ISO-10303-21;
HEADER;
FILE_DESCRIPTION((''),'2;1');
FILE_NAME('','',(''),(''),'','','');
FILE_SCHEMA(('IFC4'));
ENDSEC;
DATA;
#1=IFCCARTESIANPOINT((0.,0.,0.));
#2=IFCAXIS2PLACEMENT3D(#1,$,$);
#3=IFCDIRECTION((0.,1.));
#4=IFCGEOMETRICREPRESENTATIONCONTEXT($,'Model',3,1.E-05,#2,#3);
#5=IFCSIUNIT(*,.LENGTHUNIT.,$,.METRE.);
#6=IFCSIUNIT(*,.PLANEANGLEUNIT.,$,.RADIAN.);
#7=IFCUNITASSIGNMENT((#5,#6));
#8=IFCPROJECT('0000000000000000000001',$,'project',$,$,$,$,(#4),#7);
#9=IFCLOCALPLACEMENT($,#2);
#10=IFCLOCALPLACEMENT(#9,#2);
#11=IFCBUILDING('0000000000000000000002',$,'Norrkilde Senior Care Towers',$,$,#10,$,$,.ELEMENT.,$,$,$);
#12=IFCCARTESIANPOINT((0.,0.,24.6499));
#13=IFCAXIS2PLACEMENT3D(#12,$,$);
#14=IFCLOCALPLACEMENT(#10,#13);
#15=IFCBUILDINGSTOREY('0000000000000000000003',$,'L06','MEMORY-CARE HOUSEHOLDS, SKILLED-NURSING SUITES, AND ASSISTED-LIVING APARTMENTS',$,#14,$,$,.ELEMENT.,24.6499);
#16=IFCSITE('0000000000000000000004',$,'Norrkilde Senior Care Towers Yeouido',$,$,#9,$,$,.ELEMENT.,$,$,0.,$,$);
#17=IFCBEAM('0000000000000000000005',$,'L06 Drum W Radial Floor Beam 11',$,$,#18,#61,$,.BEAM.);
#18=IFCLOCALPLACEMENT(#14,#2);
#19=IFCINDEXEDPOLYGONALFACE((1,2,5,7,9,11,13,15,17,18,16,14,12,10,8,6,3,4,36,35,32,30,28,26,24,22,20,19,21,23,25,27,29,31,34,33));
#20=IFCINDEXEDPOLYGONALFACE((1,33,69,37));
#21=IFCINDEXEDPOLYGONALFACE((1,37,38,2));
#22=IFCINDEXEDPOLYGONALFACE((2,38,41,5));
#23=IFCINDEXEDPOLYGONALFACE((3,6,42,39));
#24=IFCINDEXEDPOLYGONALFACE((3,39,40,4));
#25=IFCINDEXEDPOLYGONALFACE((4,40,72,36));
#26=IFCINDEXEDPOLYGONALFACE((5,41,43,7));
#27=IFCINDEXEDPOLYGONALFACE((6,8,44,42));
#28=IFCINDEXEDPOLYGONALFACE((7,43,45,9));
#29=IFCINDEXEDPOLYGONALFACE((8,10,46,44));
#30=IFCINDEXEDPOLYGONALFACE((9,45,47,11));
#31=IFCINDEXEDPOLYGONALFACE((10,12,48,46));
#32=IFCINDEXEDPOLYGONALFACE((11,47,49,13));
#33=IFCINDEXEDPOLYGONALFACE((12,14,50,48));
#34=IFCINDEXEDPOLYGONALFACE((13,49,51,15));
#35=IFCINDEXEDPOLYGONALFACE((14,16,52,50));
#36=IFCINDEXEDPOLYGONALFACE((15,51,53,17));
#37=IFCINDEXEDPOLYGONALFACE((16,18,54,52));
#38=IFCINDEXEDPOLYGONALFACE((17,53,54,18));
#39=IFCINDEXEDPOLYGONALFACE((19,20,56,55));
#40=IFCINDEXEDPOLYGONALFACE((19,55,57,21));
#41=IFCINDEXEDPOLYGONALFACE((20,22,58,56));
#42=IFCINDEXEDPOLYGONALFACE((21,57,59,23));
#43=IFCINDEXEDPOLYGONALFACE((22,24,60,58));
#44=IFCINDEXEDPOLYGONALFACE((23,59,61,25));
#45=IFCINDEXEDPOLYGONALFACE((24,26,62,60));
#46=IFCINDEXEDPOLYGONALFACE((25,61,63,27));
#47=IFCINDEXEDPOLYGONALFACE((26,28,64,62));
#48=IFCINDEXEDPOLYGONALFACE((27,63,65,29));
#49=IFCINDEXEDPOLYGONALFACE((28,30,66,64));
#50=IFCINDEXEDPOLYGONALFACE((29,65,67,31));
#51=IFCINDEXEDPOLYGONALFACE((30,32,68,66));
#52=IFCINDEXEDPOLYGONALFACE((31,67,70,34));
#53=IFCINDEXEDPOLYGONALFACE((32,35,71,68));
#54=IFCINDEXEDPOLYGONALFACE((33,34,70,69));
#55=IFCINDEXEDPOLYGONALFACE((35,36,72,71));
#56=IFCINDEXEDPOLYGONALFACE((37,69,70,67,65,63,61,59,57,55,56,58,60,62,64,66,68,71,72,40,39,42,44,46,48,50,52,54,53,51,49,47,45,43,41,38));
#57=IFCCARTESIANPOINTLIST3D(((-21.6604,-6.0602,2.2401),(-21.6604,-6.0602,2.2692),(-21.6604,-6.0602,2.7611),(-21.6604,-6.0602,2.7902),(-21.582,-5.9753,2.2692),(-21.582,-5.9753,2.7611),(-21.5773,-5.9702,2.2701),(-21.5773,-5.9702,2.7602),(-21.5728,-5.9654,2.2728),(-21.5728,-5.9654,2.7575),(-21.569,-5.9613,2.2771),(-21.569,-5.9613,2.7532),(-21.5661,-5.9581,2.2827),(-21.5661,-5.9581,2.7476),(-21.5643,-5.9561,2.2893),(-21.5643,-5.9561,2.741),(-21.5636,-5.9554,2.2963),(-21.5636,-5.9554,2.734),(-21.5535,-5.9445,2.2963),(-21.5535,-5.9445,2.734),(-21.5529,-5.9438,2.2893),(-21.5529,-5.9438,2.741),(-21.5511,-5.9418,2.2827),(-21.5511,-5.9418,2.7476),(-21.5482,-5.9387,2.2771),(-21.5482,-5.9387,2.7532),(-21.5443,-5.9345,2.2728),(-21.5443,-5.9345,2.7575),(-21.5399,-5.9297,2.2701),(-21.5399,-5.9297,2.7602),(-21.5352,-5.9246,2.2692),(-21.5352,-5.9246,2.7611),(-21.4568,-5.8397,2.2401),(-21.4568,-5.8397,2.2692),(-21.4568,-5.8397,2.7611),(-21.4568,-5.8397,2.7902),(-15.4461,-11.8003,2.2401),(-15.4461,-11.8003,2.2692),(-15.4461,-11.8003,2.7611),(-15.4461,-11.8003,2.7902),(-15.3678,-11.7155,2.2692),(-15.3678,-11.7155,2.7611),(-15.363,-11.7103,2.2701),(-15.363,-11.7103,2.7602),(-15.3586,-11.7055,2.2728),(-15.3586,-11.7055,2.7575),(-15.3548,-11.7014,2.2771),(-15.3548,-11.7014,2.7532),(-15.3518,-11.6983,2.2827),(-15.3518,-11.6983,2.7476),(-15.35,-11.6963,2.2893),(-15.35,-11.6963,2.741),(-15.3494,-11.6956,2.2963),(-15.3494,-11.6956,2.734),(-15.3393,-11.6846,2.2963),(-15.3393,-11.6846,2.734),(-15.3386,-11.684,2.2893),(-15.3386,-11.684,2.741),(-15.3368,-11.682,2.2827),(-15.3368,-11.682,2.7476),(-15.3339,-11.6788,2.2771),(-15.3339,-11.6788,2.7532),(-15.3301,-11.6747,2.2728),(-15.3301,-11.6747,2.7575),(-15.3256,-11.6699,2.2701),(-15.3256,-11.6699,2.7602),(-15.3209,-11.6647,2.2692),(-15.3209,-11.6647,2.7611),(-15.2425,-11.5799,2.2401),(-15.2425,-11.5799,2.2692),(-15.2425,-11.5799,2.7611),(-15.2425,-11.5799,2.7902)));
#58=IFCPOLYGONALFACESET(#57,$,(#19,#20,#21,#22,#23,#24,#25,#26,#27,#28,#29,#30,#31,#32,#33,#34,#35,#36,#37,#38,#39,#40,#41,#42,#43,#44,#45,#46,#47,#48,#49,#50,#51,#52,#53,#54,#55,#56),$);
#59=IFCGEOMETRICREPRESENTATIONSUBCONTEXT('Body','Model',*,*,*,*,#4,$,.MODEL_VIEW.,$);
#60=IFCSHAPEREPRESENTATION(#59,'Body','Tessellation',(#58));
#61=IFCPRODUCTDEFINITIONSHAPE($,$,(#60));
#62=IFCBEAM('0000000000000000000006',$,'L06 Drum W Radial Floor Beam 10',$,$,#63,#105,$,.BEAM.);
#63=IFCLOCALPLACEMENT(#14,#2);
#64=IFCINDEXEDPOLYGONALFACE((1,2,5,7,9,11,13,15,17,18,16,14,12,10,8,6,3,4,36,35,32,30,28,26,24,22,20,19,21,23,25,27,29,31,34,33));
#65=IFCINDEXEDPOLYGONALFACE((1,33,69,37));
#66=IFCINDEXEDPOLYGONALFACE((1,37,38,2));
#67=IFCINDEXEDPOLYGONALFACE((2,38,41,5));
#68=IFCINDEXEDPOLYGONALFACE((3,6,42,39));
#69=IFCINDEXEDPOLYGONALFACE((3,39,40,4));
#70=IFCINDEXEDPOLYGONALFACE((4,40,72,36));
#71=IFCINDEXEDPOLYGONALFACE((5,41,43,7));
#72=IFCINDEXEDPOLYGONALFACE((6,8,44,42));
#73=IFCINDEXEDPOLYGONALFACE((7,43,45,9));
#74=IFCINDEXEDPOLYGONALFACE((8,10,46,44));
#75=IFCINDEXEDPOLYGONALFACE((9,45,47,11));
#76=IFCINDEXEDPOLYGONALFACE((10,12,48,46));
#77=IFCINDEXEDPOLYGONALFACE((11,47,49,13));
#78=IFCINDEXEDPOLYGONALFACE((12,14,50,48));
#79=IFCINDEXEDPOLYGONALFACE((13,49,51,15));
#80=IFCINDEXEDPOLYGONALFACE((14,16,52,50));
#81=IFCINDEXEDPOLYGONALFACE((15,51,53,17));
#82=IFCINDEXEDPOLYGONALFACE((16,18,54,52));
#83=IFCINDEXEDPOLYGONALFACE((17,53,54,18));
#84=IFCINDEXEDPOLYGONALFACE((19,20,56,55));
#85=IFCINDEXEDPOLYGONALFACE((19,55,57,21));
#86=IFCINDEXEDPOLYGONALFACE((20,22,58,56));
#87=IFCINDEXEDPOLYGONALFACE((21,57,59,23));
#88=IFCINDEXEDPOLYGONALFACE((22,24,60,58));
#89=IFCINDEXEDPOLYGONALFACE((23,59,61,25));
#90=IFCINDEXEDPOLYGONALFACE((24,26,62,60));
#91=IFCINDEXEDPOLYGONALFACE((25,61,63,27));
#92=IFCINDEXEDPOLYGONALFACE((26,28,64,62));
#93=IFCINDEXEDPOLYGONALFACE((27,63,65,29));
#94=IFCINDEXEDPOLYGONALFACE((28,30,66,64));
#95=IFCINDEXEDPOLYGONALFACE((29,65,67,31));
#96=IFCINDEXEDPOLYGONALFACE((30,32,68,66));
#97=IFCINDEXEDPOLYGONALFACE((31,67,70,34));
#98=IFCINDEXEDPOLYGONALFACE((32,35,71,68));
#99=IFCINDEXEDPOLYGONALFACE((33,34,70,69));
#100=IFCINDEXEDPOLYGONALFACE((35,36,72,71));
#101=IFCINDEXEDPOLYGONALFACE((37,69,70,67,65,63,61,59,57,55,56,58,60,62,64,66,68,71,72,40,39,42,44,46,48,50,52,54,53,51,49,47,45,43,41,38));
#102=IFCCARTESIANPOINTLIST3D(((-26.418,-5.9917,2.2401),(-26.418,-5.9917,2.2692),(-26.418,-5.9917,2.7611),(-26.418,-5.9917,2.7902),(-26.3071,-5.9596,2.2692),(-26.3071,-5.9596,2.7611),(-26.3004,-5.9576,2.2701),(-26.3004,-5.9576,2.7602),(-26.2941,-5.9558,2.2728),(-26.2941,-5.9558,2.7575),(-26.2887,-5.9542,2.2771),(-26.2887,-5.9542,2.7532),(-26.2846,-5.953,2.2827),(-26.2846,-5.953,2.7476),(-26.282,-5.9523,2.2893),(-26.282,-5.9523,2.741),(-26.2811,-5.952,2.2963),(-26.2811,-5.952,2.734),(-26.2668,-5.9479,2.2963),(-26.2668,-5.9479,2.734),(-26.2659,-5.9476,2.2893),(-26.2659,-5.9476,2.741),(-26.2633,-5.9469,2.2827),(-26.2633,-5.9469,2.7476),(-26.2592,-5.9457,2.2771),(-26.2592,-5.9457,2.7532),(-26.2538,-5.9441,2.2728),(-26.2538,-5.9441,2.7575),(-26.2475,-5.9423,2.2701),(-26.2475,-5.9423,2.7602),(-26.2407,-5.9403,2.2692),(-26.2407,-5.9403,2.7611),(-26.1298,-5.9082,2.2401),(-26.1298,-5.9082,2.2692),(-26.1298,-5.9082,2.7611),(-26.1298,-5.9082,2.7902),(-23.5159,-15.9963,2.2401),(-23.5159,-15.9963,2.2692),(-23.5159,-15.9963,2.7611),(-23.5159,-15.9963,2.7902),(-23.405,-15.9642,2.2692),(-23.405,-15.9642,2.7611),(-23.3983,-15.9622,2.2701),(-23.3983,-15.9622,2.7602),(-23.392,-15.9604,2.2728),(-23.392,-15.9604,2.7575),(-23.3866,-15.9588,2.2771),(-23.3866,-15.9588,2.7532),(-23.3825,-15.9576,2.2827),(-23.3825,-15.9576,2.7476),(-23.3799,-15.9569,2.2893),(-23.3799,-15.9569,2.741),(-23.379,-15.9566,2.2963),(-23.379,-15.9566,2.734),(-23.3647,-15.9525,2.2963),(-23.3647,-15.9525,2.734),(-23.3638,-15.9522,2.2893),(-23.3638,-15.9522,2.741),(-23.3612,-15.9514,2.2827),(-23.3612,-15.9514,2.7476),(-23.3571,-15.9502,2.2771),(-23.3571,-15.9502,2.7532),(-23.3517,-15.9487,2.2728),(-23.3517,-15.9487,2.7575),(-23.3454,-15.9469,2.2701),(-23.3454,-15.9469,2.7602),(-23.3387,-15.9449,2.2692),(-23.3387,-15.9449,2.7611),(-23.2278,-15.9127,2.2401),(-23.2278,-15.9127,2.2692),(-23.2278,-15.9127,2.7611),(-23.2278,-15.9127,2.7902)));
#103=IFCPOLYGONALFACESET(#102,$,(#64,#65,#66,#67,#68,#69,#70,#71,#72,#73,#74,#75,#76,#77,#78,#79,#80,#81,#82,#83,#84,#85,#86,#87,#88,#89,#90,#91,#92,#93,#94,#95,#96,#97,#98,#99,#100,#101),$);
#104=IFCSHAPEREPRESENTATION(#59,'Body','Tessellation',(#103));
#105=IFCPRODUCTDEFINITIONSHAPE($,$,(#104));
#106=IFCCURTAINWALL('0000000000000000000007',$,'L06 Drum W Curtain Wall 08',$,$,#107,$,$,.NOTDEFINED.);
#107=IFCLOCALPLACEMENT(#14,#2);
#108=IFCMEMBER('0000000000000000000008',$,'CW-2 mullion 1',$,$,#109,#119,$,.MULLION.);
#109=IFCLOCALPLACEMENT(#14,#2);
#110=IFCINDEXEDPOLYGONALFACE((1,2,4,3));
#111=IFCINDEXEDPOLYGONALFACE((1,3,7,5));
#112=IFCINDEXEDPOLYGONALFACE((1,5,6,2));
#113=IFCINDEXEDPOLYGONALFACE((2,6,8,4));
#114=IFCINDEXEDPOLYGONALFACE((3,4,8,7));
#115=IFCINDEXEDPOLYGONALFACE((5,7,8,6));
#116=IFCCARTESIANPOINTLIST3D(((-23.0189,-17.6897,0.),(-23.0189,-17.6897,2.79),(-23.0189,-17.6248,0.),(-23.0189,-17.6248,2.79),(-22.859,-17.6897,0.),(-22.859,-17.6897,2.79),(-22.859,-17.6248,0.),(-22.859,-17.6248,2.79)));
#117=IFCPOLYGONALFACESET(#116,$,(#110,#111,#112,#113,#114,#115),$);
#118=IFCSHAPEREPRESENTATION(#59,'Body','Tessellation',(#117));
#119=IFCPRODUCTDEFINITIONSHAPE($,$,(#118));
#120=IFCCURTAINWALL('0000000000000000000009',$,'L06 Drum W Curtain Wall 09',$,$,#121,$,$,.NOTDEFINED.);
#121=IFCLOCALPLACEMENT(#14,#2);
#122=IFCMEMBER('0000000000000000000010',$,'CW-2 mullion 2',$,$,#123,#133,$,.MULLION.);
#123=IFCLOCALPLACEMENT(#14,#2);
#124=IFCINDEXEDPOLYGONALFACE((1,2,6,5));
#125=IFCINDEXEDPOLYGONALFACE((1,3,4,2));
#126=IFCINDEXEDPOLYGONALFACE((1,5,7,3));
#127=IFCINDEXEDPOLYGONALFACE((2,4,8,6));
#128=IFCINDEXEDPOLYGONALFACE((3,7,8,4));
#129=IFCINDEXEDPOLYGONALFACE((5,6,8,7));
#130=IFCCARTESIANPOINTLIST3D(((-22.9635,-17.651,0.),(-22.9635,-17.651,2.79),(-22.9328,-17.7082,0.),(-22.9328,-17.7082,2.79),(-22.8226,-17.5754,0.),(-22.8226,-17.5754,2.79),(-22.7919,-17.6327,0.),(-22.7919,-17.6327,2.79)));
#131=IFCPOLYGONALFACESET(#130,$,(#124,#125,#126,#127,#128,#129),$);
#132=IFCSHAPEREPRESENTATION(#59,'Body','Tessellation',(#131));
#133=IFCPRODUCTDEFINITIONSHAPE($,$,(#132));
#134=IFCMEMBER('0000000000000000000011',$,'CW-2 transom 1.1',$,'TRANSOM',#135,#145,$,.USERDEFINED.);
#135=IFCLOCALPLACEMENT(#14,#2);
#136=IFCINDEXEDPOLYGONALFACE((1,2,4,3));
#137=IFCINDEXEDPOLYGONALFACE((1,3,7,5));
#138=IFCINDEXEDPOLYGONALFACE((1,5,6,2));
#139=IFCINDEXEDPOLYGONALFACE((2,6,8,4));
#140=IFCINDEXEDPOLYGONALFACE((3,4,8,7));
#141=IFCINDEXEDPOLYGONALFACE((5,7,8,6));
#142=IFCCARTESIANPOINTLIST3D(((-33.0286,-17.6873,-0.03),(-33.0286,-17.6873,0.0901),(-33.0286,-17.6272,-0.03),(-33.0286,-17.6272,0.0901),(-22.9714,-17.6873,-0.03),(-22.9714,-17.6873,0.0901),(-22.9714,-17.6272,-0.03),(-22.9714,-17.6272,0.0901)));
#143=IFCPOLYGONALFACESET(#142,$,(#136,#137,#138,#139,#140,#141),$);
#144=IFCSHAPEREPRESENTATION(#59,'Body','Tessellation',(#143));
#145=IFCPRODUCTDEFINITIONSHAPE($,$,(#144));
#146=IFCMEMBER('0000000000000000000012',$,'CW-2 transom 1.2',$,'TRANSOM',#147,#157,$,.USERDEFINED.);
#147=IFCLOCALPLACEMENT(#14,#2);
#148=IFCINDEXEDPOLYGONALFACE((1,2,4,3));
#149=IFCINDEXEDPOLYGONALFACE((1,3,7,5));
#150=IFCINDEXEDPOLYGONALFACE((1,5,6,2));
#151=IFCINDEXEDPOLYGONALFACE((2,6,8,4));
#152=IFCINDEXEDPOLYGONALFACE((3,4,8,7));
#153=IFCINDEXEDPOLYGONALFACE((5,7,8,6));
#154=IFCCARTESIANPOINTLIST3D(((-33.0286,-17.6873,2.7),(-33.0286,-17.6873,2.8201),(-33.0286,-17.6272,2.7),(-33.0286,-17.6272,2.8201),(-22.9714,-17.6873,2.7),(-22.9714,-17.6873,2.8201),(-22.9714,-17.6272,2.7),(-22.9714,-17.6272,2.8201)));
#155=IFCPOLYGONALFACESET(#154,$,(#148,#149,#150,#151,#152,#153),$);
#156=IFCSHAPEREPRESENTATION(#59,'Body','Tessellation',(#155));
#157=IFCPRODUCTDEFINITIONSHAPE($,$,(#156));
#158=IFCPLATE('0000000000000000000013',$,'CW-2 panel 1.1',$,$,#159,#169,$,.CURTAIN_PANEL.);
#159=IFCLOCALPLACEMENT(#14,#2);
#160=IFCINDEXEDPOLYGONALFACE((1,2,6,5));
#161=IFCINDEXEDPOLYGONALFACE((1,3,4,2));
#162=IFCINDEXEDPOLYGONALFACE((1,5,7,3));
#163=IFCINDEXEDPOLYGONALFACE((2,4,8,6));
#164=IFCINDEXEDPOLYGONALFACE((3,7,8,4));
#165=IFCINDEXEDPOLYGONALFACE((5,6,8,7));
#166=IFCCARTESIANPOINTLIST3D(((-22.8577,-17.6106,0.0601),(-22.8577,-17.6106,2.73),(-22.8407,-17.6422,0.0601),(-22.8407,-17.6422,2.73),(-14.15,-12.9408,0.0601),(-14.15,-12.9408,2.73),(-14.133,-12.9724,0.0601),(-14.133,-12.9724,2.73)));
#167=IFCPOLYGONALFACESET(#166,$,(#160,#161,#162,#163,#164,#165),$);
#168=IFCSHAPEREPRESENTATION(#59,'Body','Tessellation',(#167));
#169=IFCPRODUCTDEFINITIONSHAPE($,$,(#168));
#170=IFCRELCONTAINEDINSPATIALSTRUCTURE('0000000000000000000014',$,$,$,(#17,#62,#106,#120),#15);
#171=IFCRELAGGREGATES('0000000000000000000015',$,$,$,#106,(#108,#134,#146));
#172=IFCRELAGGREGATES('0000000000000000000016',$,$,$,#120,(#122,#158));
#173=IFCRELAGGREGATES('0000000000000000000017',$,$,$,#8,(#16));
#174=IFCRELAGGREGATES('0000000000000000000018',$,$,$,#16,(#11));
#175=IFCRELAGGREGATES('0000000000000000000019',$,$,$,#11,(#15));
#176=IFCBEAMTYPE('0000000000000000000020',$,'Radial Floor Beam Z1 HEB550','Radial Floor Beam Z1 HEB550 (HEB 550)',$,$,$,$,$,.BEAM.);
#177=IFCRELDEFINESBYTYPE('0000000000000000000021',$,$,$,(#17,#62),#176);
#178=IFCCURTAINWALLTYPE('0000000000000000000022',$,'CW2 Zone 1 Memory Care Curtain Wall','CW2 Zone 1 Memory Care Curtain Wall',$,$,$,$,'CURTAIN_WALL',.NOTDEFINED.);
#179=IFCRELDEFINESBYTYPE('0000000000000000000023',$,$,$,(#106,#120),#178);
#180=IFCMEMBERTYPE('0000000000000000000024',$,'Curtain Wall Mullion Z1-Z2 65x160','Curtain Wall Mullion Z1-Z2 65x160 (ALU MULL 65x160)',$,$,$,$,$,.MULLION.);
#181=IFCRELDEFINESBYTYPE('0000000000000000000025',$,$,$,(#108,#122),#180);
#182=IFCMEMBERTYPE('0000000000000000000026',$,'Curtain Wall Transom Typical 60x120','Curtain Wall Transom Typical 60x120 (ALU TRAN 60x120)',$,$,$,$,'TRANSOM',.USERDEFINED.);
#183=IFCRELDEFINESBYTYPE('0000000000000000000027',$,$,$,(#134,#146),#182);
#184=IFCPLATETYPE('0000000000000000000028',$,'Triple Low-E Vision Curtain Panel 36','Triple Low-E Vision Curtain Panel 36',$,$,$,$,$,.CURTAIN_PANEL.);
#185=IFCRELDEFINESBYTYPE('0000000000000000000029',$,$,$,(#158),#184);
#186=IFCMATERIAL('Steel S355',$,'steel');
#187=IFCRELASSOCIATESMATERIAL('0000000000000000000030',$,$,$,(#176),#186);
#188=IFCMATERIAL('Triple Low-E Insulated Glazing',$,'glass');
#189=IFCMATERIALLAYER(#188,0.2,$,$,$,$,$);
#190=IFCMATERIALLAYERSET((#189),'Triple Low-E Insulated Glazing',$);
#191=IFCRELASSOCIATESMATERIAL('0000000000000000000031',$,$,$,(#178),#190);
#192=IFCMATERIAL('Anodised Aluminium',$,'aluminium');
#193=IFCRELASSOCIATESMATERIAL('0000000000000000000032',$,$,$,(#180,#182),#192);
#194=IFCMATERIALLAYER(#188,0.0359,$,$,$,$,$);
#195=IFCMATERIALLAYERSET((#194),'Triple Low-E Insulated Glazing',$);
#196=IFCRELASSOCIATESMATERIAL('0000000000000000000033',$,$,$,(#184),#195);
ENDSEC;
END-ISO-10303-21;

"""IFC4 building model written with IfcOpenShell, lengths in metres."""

from ifc_helpers import new_model, si_unit, direction, frame, origin, origin_2d, place, context, subcontext, project, spatial, rectangle, i_section, extrude, source, transform, mapped, material, layer, layer_set, material_profile, profile_set, type_object, type_shapes, element, aggregate, save


model = new_model("IFC4")

# Units and contexts
model_context = context("Model", 3, precision=1e-05, world=origin(), true_north=direction((0.0, 1.0)))
body_context = subcontext(model_context, "Body", "Model", "MODEL_VIEW")
ifc_project = project(units=[si_unit("LENGTHUNIT", "METRE"), si_unit("PLANEANGLEUNIT", "RADIAN")], contexts=[model_context])

# Site, building, storey
site_placement = place(None, origin())
site = spatial("IfcSite", under=ifc_project, at=site_placement, Name="Norrkilde Senior Care Towers Yeouido", CompositionType="ELEMENT", RefElevation=0.0)
building_placement = place(site_placement, origin())
building = spatial("IfcBuilding", under=site, at=building_placement, Name="Norrkilde Senior Care Towers", CompositionType="ELEMENT")
storey_placement = place(building_placement, frame((0.0, 0.0, 24.6499)))
storey = spatial("IfcBuildingStorey", under=building, at=storey_placement, Name="L06", Description="MEMORY-CARE HOUSEHOLDS, SKILLED-NURSING SUITES, AND ASSISTED-LIVING APARTMENTS", CompositionType="ELEMENT", Elevation=24.6499)

# Beams
ifc_material_1 = material(Name="Steel S355", Category="steel")
ifc_material_profile_1 = material_profile(ifc_material_1, i_section(OverallWidth=0.3, OverallDepth=0.55, WebThickness=0.0149, FlangeThickness=0.0291, FilletRadius=0.0271, at=origin_2d()), Name="HEB 550")
ifc_profile_set_1 = profile_set([ifc_material_profile_1], Name="Steel S355")
beam_type_1 = type_object("IfcBeamType", Name="Radial Floor Beam Z1 HEB550", Description="Radial Floor Beam Z1 HEB550 (HEB 550)", PredefinedType="BEAM", material=ifc_profile_set_1)
shared_shape_1 = source(origin(), body_context, "Body", "SweptSolid", [
    extrude(i_section(OverallWidth=0.3, OverallDepth=0.55, WebThickness=0.0149, FlangeThickness=0.0291, FilletRadius=0.0271, at=origin_2d()), origin(), (0.0, 0.0, 1.0), 8.4597),
])
beam_1_placement = place(storey_placement, frame((-21.5586, -5.95, 2.5151), z_axis=(0.734573, -0.678529, 0.0), x_axis=(0.678529, 0.734573, 0.0)))
element("IfcBeam", 1, at=beam_1_placement, inside=storey, type_object=beam_type_1, Name="L06 Drum W Radial Floor Beam 11", PredefinedType="BEAM", context=body_context, shape_type="MappedRepresentation", body=[
    mapped(shared_shape_1, transform((0.0, 0.0, 0.0), x_axis=(1.0, 0.0, 0.0), y_axis=(0.0, 1.0, 0.0), z_axis=(0.0, 0.0, 1.0), scale=1.0)),
])
shared_shape_2 = source(origin(), body_context, "Body", "SweptSolid", [
    extrude(i_section(OverallWidth=0.3, OverallDepth=0.55, WebThickness=0.0149, FlangeThickness=0.0291, FilletRadius=0.0271, at=origin_2d()), origin(), (0.0, 0.0, 1.0), 10.417),
])
beam_2_placement = place(storey_placement, frame((-26.2739, -5.95, 2.5151), z_axis=(0.278591, -0.96041, 0.0), x_axis=(0.96041, 0.278591, 0.0)))
element("IfcBeam", 2, at=beam_2_placement, inside=storey, type_object=beam_type_1, Name="L06 Drum W Radial Floor Beam 10", PredefinedType="BEAM", context=body_context, shape_type="MappedRepresentation", body=[
    mapped(shared_shape_2, transform((0.0, 0.0, 0.0), x_axis=(1.0, 0.0, 0.0), y_axis=(0.0, 1.0, 0.0), z_axis=(0.0, 0.0, 1.0), scale=1.0)),
])

# Curtain walls, members
ifc_material_2 = material(Name="Triple Low-E Insulated Glazing", Category="glass")
ifc_layer_1 = layer(ifc_material_2, 0.2)
ifc_layer_set_1 = layer_set([ifc_layer_1], Name="Triple Low-E Insulated Glazing")
curtain_wall_type = type_object("IfcCurtainWallType", Name="CW2 Zone 1 Memory Care Curtain Wall", Description="CW2 Zone 1 Memory Care Curtain Wall", ElementType="CURTAIN_WALL", PredefinedType="NOTDEFINED", material=ifc_layer_set_1)
curtain_wall_1_placement = place(storey_placement, origin())
curtain_wall_1 = element("IfcCurtainWall", 3, at=curtain_wall_1_placement, inside=storey, type_object=curtain_wall_type, Name="L06 Drum W Curtain Wall 08", PredefinedType="NOTDEFINED")
ifc_material_3 = material(Name="Anodised Aluminium", Category="aluminium")
ifc_material_profile_2 = material_profile(ifc_material_3, rectangle(XDim=0.0649, YDim=0.1599, at=origin_2d()), Name="ALU MULL 65x160")
ifc_profile_set_2 = profile_set([ifc_material_profile_2], Name="Anodised Aluminium")
member_type_1 = type_object("IfcMemberType", Name="Curtain Wall Mullion Z1-Z2 65x160", Description="Curtain Wall Mullion Z1-Z2 65x160 (ALU MULL 65x160)", PredefinedType="MULLION", material=ifc_profile_set_2)
shared_shape_3 = source(origin(), body_context, "Body", "SweptSolid", [
    extrude(rectangle(XDim=0.0649, YDim=0.1599, at=origin_2d()), origin(), (0.0, 0.0, 1.0), 2.79),
])
type_shapes(member_type_1, [shared_shape_3])
member_1_placement = place(storey_placement, frame((-22.939, -17.6572, 0.0), z_axis=(0.0, 0.0, 1.0), x_axis=(0.0, -1.0, 0.0)))
member_1 = element("IfcMember", 4, at=member_1_placement, type_object=member_type_1, Name="CW-2 mullion 1", PredefinedType="MULLION", context=body_context, shape_type="MappedRepresentation", body=[
    mapped(shared_shape_3, transform((0.0, 0.0, 0.0), x_axis=(1.0, 0.0, 0.0), y_axis=(0.0, 1.0, 0.0), z_axis=(0.0, 0.0, 1.0), scale=1.0)),
])
curtain_wall_2_placement = place(storey_placement, origin())
curtain_wall_2 = element("IfcCurtainWall", 5, at=curtain_wall_2_placement, inside=storey, type_object=curtain_wall_type, Name="L06 Drum W Curtain Wall 09", PredefinedType="NOTDEFINED")
member_2_placement = place(storey_placement, frame((-22.8777, -17.6418, 0.0), z_axis=(0.0, 0.0, 1.0), x_axis=(0.472608, -0.881273, 0.0)))
member_2 = element("IfcMember", 6, at=member_2_placement, type_object=member_type_1, Name="CW-2 mullion 2", PredefinedType="MULLION", context=body_context, shape_type="MappedRepresentation", body=[
    mapped(shared_shape_3, transform((0.0, 0.0, 0.0), x_axis=(1.0, 0.0, 0.0), y_axis=(0.0, 1.0, 0.0), z_axis=(0.0, 0.0, 1.0), scale=1.0)),
])

# Members
ifc_material_profile_3 = material_profile(ifc_material_3, rectangle(XDim=0.0601, YDim=0.1201, at=origin_2d()), Name="ALU TRAN 60x120")
ifc_profile_set_3 = profile_set([ifc_material_profile_3], Name="Anodised Aluminium")
member_type_2 = type_object("IfcMemberType", Name="Curtain Wall Transom Typical 60x120", Description="Curtain Wall Transom Typical 60x120 (ALU TRAN 60x120)", ElementType="TRANSOM", PredefinedType="USERDEFINED", material=ifc_profile_set_3)
shared_shape_4 = source(origin(), body_context, "Body", "SweptSolid", [
    extrude(rectangle(XDim=0.0601, YDim=0.1201, at=origin_2d()), origin(), (0.0, 0.0, 1.0), 10.0571),
])
type_shapes(member_type_2, [shared_shape_4])
member_3_placement = place(storey_placement, frame((-22.9714, -17.6572, 0.03), z_axis=(-1.0, 0.0, 0.0), x_axis=(0.0, -1.0, 0.0)))
member_3 = element("IfcMember", 7, at=member_3_placement, type_object=member_type_2, Name="CW-2 transom 1.1", ObjectType="TRANSOM", PredefinedType="USERDEFINED", context=body_context, shape_type="MappedRepresentation", body=[
    mapped(shared_shape_4, transform((0.0, 0.0, 0.0), x_axis=(1.0, 0.0, 0.0), y_axis=(0.0, 1.0, 0.0), z_axis=(0.0, 0.0, 1.0), scale=1.0)),
])
member_4_placement = place(storey_placement, frame((-22.9714, -17.6572, 2.76), z_axis=(-1.0, 0.0, 0.0), x_axis=(0.0, -1.0, 0.0)))
member_4 = element("IfcMember", 8, at=member_4_placement, type_object=member_type_2, Name="CW-2 transom 1.2", ObjectType="TRANSOM", PredefinedType="USERDEFINED", context=body_context, shape_type="MappedRepresentation", body=[
    mapped(shared_shape_4, transform((0.0, 0.0, 0.0), x_axis=(1.0, 0.0, 0.0), y_axis=(0.0, 1.0, 0.0), z_axis=(0.0, 0.0, 1.0), scale=1.0)),
])
aggregate(curtain_wall_1, [member_1, member_3, member_4])

# Plate
ifc_layer_2 = layer(ifc_material_2, 0.0359)
ifc_layer_set_2 = layer_set([ifc_layer_2], Name="Triple Low-E Insulated Glazing")
plate_type = type_object("IfcPlateType", Name="Triple Low-E Vision Curtain Panel 36", Description="Triple Low-E Vision Curtain Panel 36", PredefinedType="CURTAIN_PANEL", material=ifc_layer_set_2)
shared_shape_5 = source(origin(), body_context, "Body", "SweptSolid", [
    extrude(rectangle(XDim=9.8809, YDim=0.0359, at=origin_2d()), origin(), (0.0, 0.0, 1.0), 2.6699),
])
type_shapes(plate_type, [shared_shape_5])
plate_placement = place(storey_placement, frame((-18.4954, -15.2915, 0.0601), z_axis=(0.0, 0.0, 1.0), x_axis=(-0.881273, -0.472608, 0.0)))
plate = element("IfcPlate", 9, at=plate_placement, type_object=plate_type, Name="CW-2 panel 1.1", PredefinedType="CURTAIN_PANEL", context=body_context, shape_type="MappedRepresentation", body=[
    mapped(shared_shape_5, transform((0.0, 0.0, 0.0), x_axis=(1.0, 0.0, 0.0), y_axis=(0.0, 1.0, 0.0), z_axis=(0.0, 0.0, 1.0), scale=1.0)),
])
aggregate(curtain_wall_2, [member_2, plate])

save(model, "model.ifc")
